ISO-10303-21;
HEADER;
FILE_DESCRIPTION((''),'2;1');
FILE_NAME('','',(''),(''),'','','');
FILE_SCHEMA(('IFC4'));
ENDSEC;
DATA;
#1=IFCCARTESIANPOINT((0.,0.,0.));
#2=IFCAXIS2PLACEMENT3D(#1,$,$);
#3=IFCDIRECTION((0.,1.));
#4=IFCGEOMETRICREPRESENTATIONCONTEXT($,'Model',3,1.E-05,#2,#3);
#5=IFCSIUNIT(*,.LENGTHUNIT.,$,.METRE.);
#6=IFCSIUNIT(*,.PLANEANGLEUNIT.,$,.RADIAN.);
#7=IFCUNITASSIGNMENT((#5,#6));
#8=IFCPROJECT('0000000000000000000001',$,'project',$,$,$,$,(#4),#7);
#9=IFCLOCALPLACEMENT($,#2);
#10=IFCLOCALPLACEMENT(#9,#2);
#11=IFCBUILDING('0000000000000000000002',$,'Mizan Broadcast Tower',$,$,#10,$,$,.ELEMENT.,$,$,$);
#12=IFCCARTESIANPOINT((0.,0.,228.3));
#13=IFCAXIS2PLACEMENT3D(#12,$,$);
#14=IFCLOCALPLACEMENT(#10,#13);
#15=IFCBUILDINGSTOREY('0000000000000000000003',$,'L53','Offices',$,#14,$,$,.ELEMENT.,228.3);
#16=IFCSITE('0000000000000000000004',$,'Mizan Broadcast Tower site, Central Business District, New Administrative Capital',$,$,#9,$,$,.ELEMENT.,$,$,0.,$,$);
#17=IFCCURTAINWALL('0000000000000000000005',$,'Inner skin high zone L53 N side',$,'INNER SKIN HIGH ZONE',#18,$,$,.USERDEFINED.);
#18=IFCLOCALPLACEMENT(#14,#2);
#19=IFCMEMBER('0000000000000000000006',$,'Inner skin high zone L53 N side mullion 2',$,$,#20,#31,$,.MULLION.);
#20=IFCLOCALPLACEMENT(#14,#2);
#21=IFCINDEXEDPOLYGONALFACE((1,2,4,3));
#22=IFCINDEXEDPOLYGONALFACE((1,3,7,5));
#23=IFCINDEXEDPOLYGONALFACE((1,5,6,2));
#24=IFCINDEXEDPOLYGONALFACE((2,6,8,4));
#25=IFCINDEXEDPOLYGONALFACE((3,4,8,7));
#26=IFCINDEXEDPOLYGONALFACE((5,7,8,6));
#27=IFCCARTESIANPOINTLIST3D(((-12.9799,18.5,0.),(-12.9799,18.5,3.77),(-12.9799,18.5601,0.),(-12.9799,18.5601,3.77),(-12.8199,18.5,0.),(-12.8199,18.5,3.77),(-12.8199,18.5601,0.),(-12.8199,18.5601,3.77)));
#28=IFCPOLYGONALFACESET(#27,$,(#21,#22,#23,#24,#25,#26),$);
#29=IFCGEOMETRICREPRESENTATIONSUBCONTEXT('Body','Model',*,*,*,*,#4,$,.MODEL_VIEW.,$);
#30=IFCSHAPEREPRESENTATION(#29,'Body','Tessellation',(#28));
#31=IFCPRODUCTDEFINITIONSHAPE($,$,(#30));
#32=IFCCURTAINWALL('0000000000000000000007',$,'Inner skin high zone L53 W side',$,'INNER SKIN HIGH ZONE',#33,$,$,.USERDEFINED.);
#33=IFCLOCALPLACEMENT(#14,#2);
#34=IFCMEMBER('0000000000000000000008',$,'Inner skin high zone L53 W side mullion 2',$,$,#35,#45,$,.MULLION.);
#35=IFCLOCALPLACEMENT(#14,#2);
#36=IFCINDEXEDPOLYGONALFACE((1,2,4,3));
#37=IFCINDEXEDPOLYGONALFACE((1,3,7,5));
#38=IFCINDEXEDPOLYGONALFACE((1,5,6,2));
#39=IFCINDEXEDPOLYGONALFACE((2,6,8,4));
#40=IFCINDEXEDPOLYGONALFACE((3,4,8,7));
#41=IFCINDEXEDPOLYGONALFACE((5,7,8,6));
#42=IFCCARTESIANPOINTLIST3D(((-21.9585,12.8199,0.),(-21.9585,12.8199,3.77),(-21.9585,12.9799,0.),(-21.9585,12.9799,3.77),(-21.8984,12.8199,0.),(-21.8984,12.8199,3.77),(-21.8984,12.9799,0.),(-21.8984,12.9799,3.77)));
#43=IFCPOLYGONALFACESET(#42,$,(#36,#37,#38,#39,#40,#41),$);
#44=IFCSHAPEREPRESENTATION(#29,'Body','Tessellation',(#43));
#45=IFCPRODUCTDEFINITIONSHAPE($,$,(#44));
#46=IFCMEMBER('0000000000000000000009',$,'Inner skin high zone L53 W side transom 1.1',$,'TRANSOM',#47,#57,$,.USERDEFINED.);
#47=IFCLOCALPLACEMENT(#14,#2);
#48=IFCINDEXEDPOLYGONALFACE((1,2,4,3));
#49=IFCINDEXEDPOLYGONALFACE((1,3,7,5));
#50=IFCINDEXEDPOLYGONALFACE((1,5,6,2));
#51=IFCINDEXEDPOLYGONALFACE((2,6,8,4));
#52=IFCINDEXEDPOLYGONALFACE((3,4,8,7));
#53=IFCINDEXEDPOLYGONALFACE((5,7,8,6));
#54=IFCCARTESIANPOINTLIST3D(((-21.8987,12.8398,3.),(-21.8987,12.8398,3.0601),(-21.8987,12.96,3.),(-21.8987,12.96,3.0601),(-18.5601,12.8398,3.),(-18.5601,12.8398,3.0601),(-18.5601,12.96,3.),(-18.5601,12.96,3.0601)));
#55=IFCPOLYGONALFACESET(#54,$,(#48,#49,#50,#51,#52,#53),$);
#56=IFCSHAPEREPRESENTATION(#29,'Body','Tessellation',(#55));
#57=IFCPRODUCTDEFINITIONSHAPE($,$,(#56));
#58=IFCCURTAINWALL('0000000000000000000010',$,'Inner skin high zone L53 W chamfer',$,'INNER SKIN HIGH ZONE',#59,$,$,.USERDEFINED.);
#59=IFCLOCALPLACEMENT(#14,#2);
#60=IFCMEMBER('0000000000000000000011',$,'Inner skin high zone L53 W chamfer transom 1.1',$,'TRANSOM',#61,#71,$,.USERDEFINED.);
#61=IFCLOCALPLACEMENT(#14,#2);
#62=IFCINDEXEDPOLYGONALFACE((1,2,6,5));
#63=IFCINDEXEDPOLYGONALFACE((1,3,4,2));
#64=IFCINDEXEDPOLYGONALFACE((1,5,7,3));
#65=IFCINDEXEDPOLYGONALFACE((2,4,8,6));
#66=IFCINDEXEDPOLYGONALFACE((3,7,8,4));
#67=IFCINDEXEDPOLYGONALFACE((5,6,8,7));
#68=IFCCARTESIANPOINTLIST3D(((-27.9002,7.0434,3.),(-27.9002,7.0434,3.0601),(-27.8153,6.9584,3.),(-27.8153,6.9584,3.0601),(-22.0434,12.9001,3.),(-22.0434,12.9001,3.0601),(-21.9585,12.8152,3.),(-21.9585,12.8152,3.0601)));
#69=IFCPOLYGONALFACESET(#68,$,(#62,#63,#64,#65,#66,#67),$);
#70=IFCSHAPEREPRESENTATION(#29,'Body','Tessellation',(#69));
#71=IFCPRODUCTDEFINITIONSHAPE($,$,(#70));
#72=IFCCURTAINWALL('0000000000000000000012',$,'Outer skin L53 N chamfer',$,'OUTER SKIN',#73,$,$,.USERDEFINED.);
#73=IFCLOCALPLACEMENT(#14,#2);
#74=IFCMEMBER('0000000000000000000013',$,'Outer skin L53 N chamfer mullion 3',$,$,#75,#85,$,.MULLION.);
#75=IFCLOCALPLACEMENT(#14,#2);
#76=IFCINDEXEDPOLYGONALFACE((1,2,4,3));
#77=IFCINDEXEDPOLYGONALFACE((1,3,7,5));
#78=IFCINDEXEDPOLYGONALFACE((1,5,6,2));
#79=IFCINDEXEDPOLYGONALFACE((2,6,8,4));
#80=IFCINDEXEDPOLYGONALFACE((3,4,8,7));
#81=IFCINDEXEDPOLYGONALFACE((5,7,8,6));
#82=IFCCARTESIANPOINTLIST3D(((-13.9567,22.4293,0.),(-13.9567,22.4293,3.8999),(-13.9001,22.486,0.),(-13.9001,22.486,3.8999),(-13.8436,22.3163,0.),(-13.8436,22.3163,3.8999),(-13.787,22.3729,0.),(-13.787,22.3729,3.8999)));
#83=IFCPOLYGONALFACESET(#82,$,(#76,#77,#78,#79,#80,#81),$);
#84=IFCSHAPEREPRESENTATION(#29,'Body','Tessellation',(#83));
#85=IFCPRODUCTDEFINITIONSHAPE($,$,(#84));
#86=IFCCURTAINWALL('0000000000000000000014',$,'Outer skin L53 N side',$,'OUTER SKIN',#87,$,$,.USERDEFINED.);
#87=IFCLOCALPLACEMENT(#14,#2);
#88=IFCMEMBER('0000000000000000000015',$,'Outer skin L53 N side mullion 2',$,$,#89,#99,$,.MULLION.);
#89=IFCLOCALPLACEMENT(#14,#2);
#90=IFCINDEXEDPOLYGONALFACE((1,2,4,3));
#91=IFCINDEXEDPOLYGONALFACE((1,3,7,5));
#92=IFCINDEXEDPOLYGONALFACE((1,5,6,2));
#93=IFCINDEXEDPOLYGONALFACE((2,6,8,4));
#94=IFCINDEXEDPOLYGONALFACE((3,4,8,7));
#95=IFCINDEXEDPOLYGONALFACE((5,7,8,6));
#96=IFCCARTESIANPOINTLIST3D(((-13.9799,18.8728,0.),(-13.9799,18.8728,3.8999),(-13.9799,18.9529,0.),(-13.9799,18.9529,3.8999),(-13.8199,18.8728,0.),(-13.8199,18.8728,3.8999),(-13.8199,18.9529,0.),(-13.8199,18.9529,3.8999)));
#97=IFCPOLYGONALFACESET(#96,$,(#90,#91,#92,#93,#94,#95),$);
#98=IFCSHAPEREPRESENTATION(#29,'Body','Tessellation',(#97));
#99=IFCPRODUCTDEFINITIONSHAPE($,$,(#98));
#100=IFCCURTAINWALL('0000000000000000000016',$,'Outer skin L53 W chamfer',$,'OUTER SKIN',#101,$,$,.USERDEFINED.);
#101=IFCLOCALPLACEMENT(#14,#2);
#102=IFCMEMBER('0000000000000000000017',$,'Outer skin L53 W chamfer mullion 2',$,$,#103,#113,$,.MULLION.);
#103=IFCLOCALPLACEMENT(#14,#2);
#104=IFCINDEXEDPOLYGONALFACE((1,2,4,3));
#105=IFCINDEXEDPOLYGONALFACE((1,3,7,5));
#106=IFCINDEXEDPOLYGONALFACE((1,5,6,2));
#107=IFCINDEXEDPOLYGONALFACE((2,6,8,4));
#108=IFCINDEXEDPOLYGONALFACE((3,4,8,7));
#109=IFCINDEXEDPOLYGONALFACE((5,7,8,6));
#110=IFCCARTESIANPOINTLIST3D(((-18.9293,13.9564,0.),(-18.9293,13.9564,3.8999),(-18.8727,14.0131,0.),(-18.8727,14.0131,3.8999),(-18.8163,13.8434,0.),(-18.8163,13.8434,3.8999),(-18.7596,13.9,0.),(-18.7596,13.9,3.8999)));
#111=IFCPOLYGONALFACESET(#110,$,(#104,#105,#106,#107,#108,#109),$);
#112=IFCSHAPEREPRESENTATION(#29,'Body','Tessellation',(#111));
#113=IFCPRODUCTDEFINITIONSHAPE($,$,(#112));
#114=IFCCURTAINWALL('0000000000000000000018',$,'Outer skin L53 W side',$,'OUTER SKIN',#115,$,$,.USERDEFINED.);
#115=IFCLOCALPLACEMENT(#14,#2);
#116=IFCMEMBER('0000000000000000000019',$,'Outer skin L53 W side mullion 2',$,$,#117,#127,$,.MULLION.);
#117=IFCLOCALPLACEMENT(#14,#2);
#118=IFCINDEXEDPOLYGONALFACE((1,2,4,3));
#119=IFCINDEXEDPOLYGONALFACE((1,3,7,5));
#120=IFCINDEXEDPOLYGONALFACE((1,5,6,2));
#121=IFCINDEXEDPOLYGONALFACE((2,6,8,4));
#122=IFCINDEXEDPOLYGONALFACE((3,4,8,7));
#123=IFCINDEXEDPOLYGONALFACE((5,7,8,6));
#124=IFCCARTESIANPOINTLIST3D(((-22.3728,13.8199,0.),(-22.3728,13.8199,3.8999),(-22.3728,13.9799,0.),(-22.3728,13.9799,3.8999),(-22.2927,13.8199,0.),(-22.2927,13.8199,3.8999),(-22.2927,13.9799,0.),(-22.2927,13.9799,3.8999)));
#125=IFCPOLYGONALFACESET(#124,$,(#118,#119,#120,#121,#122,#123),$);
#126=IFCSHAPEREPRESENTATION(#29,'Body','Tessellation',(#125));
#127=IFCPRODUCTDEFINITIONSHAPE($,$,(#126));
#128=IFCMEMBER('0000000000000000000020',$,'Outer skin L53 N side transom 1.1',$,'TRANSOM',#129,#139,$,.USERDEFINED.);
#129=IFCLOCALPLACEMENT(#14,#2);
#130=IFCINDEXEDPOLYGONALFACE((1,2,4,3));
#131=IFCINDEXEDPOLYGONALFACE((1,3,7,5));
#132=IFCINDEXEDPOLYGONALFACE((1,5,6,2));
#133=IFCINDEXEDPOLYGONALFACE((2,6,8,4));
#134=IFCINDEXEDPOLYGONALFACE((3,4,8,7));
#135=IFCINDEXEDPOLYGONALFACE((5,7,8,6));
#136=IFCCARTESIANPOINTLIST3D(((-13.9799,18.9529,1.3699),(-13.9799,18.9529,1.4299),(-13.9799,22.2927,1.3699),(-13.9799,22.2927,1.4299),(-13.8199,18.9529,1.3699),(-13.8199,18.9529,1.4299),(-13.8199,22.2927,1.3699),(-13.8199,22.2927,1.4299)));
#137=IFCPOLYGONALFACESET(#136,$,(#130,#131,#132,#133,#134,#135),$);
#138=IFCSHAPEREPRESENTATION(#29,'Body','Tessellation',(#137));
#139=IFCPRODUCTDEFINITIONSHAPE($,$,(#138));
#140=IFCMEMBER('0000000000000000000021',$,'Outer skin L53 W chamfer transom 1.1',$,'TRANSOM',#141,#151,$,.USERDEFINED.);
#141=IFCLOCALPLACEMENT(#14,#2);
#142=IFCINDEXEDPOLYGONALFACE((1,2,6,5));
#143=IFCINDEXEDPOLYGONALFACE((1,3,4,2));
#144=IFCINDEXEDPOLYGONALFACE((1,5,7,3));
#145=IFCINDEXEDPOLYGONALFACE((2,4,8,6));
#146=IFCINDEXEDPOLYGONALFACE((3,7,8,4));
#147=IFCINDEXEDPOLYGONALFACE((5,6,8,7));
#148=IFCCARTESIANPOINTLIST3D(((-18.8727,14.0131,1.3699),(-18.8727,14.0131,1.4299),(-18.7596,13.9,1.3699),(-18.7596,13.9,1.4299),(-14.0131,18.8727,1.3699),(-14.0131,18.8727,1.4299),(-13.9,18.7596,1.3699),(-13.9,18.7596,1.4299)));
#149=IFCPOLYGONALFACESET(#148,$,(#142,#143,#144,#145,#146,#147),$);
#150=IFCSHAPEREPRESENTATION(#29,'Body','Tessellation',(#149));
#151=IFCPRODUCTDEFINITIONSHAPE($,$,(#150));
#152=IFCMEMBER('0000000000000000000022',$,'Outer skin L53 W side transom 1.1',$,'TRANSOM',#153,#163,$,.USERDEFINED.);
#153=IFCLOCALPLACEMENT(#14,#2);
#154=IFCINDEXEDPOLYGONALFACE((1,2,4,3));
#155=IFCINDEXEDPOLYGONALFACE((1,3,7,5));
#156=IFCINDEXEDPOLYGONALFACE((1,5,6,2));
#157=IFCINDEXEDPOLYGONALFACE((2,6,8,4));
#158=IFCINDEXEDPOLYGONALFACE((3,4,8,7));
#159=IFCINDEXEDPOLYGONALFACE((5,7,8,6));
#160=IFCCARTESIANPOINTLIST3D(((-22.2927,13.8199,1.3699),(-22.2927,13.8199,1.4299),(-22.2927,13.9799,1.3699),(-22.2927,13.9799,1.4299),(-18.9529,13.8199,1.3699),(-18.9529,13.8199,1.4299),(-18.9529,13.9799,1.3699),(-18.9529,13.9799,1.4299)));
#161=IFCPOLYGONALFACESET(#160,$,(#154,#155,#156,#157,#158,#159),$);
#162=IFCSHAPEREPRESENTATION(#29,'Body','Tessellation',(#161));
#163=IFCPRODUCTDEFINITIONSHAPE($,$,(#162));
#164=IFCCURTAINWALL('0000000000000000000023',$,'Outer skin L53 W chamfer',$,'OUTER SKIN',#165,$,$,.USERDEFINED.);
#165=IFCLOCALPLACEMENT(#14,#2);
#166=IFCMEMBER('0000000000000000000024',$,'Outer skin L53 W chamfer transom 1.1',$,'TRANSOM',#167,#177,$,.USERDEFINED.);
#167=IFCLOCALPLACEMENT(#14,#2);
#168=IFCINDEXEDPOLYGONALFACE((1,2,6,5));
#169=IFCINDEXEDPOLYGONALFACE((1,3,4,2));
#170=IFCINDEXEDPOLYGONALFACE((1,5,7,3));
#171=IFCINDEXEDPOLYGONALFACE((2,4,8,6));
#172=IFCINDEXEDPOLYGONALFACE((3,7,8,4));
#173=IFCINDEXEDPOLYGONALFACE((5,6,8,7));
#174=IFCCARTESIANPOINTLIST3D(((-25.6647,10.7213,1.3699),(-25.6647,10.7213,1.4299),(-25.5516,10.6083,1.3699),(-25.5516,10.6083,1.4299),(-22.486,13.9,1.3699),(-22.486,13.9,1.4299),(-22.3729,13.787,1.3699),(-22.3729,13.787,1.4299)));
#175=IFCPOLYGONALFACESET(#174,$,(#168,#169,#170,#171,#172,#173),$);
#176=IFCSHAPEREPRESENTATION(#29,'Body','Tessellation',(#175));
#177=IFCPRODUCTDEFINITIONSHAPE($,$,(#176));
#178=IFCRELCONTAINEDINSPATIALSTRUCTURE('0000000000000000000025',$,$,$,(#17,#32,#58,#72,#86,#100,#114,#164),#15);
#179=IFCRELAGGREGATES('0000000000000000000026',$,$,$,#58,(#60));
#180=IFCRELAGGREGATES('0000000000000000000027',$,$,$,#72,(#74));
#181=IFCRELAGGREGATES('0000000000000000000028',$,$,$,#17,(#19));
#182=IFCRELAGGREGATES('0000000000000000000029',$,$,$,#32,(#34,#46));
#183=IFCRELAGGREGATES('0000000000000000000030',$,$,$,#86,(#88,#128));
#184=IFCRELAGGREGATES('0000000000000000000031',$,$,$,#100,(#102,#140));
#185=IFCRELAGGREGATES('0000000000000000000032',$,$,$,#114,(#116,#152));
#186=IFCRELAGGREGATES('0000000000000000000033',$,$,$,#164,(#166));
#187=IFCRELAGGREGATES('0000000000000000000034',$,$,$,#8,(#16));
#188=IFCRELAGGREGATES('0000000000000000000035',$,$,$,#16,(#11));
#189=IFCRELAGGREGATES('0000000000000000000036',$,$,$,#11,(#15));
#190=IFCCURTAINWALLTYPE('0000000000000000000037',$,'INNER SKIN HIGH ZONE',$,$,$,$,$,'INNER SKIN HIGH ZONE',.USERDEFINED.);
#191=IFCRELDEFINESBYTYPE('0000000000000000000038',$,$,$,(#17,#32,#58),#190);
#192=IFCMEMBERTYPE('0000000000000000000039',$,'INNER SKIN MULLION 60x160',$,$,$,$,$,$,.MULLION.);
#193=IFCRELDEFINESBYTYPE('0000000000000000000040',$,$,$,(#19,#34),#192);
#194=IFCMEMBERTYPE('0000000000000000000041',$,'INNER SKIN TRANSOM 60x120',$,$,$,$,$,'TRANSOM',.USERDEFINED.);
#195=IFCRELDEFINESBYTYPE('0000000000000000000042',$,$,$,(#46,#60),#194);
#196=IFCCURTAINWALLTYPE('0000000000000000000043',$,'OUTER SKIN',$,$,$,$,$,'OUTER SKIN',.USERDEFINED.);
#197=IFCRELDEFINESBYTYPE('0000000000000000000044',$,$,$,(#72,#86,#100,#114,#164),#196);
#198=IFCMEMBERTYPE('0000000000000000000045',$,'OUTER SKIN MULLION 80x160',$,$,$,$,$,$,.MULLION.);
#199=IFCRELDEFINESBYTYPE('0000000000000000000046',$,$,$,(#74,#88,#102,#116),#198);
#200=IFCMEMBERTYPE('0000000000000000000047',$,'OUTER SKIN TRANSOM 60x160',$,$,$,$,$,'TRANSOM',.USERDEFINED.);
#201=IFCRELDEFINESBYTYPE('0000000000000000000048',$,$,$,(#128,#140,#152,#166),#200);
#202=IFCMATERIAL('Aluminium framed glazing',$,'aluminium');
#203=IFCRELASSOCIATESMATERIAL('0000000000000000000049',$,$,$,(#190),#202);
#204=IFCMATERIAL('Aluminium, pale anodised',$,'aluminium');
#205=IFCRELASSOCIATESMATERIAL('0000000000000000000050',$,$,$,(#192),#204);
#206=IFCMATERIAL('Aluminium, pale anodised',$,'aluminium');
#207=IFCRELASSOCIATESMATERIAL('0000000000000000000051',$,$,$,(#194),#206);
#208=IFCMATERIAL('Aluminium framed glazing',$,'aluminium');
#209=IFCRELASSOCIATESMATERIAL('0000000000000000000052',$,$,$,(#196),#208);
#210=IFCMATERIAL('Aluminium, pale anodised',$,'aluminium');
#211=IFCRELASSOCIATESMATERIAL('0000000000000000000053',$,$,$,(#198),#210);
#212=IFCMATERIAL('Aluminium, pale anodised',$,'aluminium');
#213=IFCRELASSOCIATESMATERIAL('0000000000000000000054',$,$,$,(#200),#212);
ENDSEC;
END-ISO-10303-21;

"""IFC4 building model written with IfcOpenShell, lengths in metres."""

from ifc_helpers import new_model, si_unit, direction, frame, origin, origin_2d, place, context, subcontext, project, spatial, rectangle, extrude, material, material_profile, profile_set, type_object, element, aggregate, save


model = new_model("IFC4")

# Units and contexts
model_context = context("Model", 3, precision=1e-05, world=origin(), true_north=direction((0.0, 1.0)))
body_context = subcontext(model_context, "Body", "Model", "MODEL_VIEW")
ifc_project = project(units=[si_unit("LENGTHUNIT", "METRE"), si_unit("PLANEANGLEUNIT", "RADIAN")], contexts=[model_context])

# Site, building, storey
site_placement = place(None, origin())
site = spatial("IfcSite", under=ifc_project, at=site_placement, Name="Mizan Broadcast Tower site, Central Business District, New Administrative Capital", CompositionType="ELEMENT", RefElevation=0.0)
building_placement = place(site_placement, origin())
building = spatial("IfcBuilding", under=site, at=building_placement, Name="Mizan Broadcast Tower", CompositionType="ELEMENT")
storey_placement = place(building_placement, frame((0.0, 0.0, 228.3)))
storey = spatial("IfcBuildingStorey", under=building, at=storey_placement, Name="L53", Description="Offices", CompositionType="ELEMENT", Elevation=228.3)

# Curtain wall, member
ifc_material_1 = material(Name="Aluminium framed glazing", Category="aluminium")
curtain_wall_type_1 = type_object("IfcCurtainWallType", Name="INNER SKIN HIGH ZONE", ElementType="INNER SKIN HIGH ZONE", PredefinedType="USERDEFINED", material=ifc_material_1)
curtain_wall_1_placement = place(storey_placement, origin())
curtain_wall_1 = element("IfcCurtainWall", 1, at=curtain_wall_1_placement, inside=storey, type_object=curtain_wall_type_1, Name="Inner skin high zone L53 N side", ObjectType="INNER SKIN HIGH ZONE", PredefinedType="USERDEFINED")
ifc_material_2 = material(Name="Aluminium, pale anodised", Category="aluminium")
ifc_material_profile_1 = material_profile(ifc_material_2, rectangle(XDim=0.1599, YDim=0.0601, at=origin_2d()), Name="MULLION 160x60")
ifc_profile_set_1 = profile_set([ifc_material_profile_1], Name="Aluminium, pale anodised")
member_type_1 = type_object("IfcMemberType", Name="INNER SKIN MULLION 60x160", PredefinedType="MULLION", material=ifc_profile_set_1)
member_1_placement = place(storey_placement, frame((-12.8999, 18.53, 0.0), z_axis=(0.0, 0.0, 1.0), x_axis=(1.0, 0.0, 0.0)))
member_1 = element("IfcMember", 2, at=member_1_placement, type_object=member_type_1, Name="Inner skin high zone L53 N side mullion 2", PredefinedType="MULLION", context=body_context, shape_type="SweptSolid", body=[
    extrude(rectangle(XDim=0.1599, YDim=0.0601, at=origin_2d()), origin(), (0.0, 0.0, 1.0), 3.77),
])

# Curtain wall, members
curtain_wall_2_placement = place(storey_placement, origin())
curtain_wall_2 = element("IfcCurtainWall", 3, at=curtain_wall_2_placement, inside=storey, type_object=curtain_wall_type_1, Name="Inner skin high zone L53 W side", ObjectType="INNER SKIN HIGH ZONE", PredefinedType="USERDEFINED")
member_2_placement = place(storey_placement, frame((-21.9285, 12.8999, 0.0), z_axis=(0.0, 0.0, 1.0), x_axis=(0.0, -1.0, 0.0)))
member_2 = element("IfcMember", 4, at=member_2_placement, type_object=member_type_1, Name="Inner skin high zone L53 W side mullion 2", PredefinedType="MULLION", context=body_context, shape_type="SweptSolid", body=[
    extrude(rectangle(XDim=0.1599, YDim=0.0601, at=origin_2d()), origin(), (0.0, 0.0, 1.0), 3.77),
])
ifc_material_3 = material(Name="Aluminium, pale anodised", Category="aluminium")
ifc_material_profile_2 = material_profile(ifc_material_3, rectangle(XDim=0.1201, YDim=0.0601, at=origin_2d()), Name="TRANSOM 120x60")
ifc_profile_set_2 = profile_set([ifc_material_profile_2], Name="Aluminium, pale anodised")
member_type_2 = type_object("IfcMemberType", Name="INNER SKIN TRANSOM 60x120", ElementType="TRANSOM", PredefinedType="USERDEFINED", material=ifc_profile_set_2)
member_3_placement = place(storey_placement, frame((-18.5601, 12.8999, 3.03), z_axis=(-1.0, 0.0, 0.0), x_axis=(0.0, -1.0, 0.0)))
member_3 = element("IfcMember", 5, at=member_3_placement, type_object=member_type_2, Name="Inner skin high zone L53 W side transom 1.1", ObjectType="TRANSOM", PredefinedType="USERDEFINED", context=body_context, shape_type="SweptSolid", body=[
    extrude(rectangle(XDim=0.1201, YDim=0.0601, at=origin_2d()), origin(), (0.0, 0.0, 1.0), 3.3386),
])

# Curtain walls, members
curtain_wall_3_placement = place(storey_placement, origin())
curtain_wall_3 = element("IfcCurtainWall", 6, at=curtain_wall_3_placement, inside=storey, type_object=curtain_wall_type_1, Name="Inner skin high zone L53 W chamfer", ObjectType="INNER SKIN HIGH ZONE", PredefinedType="USERDEFINED")
member_4_placement = place(storey_placement, frame((-22.001, 12.8577, 3.03), z_axis=(-0.707107, -0.707107, 0.0), x_axis=(0.707107, -0.707107, 0.0)))
member_4 = element("IfcMember", 7, at=member_4_placement, type_object=member_type_2, Name="Inner skin high zone L53 W chamfer transom 1.1", ObjectType="TRANSOM", PredefinedType="USERDEFINED", context=body_context, shape_type="SweptSolid", body=[
    extrude(rectangle(XDim=0.1201, YDim=0.0601, at=origin_2d()), origin(), (0.0, 0.0, 1.0), 8.2827),
])
aggregate(curtain_wall_3, [member_4])
ifc_material_4 = material(Name="Aluminium framed glazing", Category="aluminium")
curtain_wall_type_2 = type_object("IfcCurtainWallType", Name="OUTER SKIN", ElementType="OUTER SKIN", PredefinedType="USERDEFINED", material=ifc_material_4)
curtain_wall_4_placement = place(storey_placement, origin())
curtain_wall_4 = element("IfcCurtainWall", 8, at=curtain_wall_4_placement, inside=storey, type_object=curtain_wall_type_2, Name="Outer skin L53 N chamfer", ObjectType="OUTER SKIN", PredefinedType="USERDEFINED")
ifc_material_5 = material(Name="Aluminium, pale anodised", Category="aluminium")
ifc_material_profile_3 = material_profile(ifc_material_5, rectangle(XDim=0.1599, YDim=0.0801, at=origin_2d()), Name="MULLION 160x80")
ifc_profile_set_3 = profile_set([ifc_material_profile_3], Name="Aluminium, pale anodised")
member_type_3 = type_object("IfcMemberType", Name="OUTER SKIN MULLION 80x160", PredefinedType="MULLION", material=ifc_profile_set_3)
member_5_placement = place(storey_placement, frame((-13.8718, 22.4011, 0.0), z_axis=(0.0, 0.0, 1.0), x_axis=(0.707107, -0.707107, 0.0)))
member_5 = element("IfcMember", 9, at=member_5_placement, type_object=member_type_3, Name="Outer skin L53 N chamfer mullion 3", PredefinedType="MULLION", context=body_context, shape_type="SweptSolid", body=[
    extrude(rectangle(XDim=0.1599, YDim=0.0801, at=origin_2d()), origin(), (0.0, 0.0, 1.0), 3.8999),
])
aggregate(curtain_wall_4, [member_5])
curtain_wall_5_placement = place(storey_placement, origin())
curtain_wall_5 = element("IfcCurtainWall", 10, at=curtain_wall_5_placement, inside=storey, type_object=curtain_wall_type_2, Name="Outer skin L53 N side", ObjectType="OUTER SKIN", PredefinedType="USERDEFINED")
member_6_placement = place(storey_placement, frame((-13.8999, 18.9128, 0.0), z_axis=(0.0, 0.0, 1.0), x_axis=(1.0, 0.0, 0.0)))
member_6 = element("IfcMember", 11, at=member_6_placement, type_object=member_type_3, Name="Outer skin L53 N side mullion 2", PredefinedType="MULLION", context=body_context, shape_type="SweptSolid", body=[
    extrude(rectangle(XDim=0.1599, YDim=0.0801, at=origin_2d()), origin(), (0.0, 0.0, 1.0), 3.8999),
])
curtain_wall_6_placement = place(storey_placement, origin())
curtain_wall_6 = element("IfcCurtainWall", 12, at=curtain_wall_6_placement, inside=storey, type_object=curtain_wall_type_2, Name="Outer skin L53 W chamfer", ObjectType="OUTER SKIN", PredefinedType="USERDEFINED")
member_7_placement = place(storey_placement, frame((-18.8445, 13.9282, 0.0), z_axis=(0.0, 0.0, 1.0), x_axis=(0.707107, -0.707107, 0.0)))
member_7 = element("IfcMember", 13, at=member_7_placement, type_object=member_type_3, Name="Outer skin L53 W chamfer mullion 2", PredefinedType="MULLION", context=body_context, shape_type="SweptSolid", body=[
    extrude(rectangle(XDim=0.1599, YDim=0.0801, at=origin_2d()), origin(), (0.0, 0.0, 1.0), 3.8999),
])
curtain_wall_7_placement = place(storey_placement, origin())
curtain_wall_7 = element("IfcCurtainWall", 14, at=curtain_wall_7_placement, inside=storey, type_object=curtain_wall_type_2, Name="Outer skin L53 W side", ObjectType="OUTER SKIN", PredefinedType="USERDEFINED")
member_8_placement = place(storey_placement, frame((-22.3328, 13.8999, 0.0), z_axis=(0.0, 0.0, 1.0), x_axis=(0.0, -1.0, 0.0)))
member_8 = element("IfcMember", 15, at=member_8_placement, type_object=member_type_3, Name="Outer skin L53 W side mullion 2", PredefinedType="MULLION", context=body_context, shape_type="SweptSolid", body=[
    extrude(rectangle(XDim=0.1599, YDim=0.0801, at=origin_2d()), origin(), (0.0, 0.0, 1.0), 3.8999),
])

# Members
ifc_material_6 = material(Name="Aluminium, pale anodised", Category="aluminium")
ifc_material_profile_4 = material_profile(ifc_material_6, rectangle(XDim=0.1599, YDim=0.0601, at=origin_2d()), Name="TRANSOM 160x60")
ifc_profile_set_4 = profile_set([ifc_material_profile_4], Name="Aluminium, pale anodised")
member_type_4 = type_object("IfcMemberType", Name="OUTER SKIN TRANSOM 60x160", ElementType="TRANSOM", PredefinedType="USERDEFINED", material=ifc_profile_set_4)
member_9_placement = place(storey_placement, frame((-13.8999, 22.2927, 1.3999), z_axis=(0.0, -1.0, 0.0), x_axis=(1.0, 0.0, 0.0)))
member_9 = element("IfcMember", 16, at=member_9_placement, type_object=member_type_4, Name="Outer skin L53 N side transom 1.1", ObjectType="TRANSOM", PredefinedType="USERDEFINED", context=body_context, shape_type="SweptSolid", body=[
    extrude(rectangle(XDim=0.1599, YDim=0.0601, at=origin_2d()), origin(), (0.0, 0.0, 1.0), 3.3398),
])
member_10_placement = place(storey_placement, frame((-13.9565, 18.8162, 1.3999), z_axis=(-0.707107, -0.707107, 0.0), x_axis=(0.707107, -0.707107, 0.0)))
member_10 = element("IfcMember", 17, at=member_10_placement, type_object=member_type_4, Name="Outer skin L53 W chamfer transom 1.1", ObjectType="TRANSOM", PredefinedType="USERDEFINED", context=body_context, shape_type="SweptSolid", body=[
    extrude(rectangle(XDim=0.1599, YDim=0.0601, at=origin_2d()), origin(), (0.0, 0.0, 1.0), 6.8726),
])
member_11_placement = place(storey_placement, frame((-18.9529, 13.8999, 1.3999), z_axis=(-1.0, 0.0, 0.0), x_axis=(0.0, -1.0, 0.0)))
member_11 = element("IfcMember", 18, at=member_11_placement, type_object=member_type_4, Name="Outer skin L53 W side transom 1.1", ObjectType="TRANSOM", PredefinedType="USERDEFINED", context=body_context, shape_type="SweptSolid", body=[
    extrude(rectangle(XDim=0.1599, YDim=0.0601, at=origin_2d()), origin(), (0.0, 0.0, 1.0), 3.3398),
])

# Curtain wall, member
curtain_wall_8_placement = place(storey_placement, origin())
curtain_wall_8 = element("IfcCurtainWall", 19, at=curtain_wall_8_placement, inside=storey, type_object=curtain_wall_type_2, Name="Outer skin L53 W chamfer", ObjectType="OUTER SKIN", PredefinedType="USERDEFINED")
member_12_placement = place(storey_placement, frame((-22.4294, 13.8435, 1.3999), z_axis=(-0.707107, -0.707107, 0.0), x_axis=(0.707107, -0.707107, 0.0)))
member_12 = element("IfcMember", 20, at=member_12_placement, type_object=member_type_4, Name="Outer skin L53 W chamfer transom 1.1", ObjectType="TRANSOM", PredefinedType="USERDEFINED", context=body_context, shape_type="SweptSolid", body=[
    extrude(rectangle(XDim=0.1599, YDim=0.0601, at=origin_2d()), origin(), (0.0, 0.0, 1.0), 4.4954),
])

aggregate(curtain_wall_1, [member_1])
aggregate(curtain_wall_2, [member_2, member_3])
aggregate(curtain_wall_5, [member_6, member_9])
aggregate(curtain_wall_6, [member_7, member_10])
aggregate(curtain_wall_7, [member_8, member_11])
aggregate(curtain_wall_8, [member_12])

save(model, "model.ifc")
